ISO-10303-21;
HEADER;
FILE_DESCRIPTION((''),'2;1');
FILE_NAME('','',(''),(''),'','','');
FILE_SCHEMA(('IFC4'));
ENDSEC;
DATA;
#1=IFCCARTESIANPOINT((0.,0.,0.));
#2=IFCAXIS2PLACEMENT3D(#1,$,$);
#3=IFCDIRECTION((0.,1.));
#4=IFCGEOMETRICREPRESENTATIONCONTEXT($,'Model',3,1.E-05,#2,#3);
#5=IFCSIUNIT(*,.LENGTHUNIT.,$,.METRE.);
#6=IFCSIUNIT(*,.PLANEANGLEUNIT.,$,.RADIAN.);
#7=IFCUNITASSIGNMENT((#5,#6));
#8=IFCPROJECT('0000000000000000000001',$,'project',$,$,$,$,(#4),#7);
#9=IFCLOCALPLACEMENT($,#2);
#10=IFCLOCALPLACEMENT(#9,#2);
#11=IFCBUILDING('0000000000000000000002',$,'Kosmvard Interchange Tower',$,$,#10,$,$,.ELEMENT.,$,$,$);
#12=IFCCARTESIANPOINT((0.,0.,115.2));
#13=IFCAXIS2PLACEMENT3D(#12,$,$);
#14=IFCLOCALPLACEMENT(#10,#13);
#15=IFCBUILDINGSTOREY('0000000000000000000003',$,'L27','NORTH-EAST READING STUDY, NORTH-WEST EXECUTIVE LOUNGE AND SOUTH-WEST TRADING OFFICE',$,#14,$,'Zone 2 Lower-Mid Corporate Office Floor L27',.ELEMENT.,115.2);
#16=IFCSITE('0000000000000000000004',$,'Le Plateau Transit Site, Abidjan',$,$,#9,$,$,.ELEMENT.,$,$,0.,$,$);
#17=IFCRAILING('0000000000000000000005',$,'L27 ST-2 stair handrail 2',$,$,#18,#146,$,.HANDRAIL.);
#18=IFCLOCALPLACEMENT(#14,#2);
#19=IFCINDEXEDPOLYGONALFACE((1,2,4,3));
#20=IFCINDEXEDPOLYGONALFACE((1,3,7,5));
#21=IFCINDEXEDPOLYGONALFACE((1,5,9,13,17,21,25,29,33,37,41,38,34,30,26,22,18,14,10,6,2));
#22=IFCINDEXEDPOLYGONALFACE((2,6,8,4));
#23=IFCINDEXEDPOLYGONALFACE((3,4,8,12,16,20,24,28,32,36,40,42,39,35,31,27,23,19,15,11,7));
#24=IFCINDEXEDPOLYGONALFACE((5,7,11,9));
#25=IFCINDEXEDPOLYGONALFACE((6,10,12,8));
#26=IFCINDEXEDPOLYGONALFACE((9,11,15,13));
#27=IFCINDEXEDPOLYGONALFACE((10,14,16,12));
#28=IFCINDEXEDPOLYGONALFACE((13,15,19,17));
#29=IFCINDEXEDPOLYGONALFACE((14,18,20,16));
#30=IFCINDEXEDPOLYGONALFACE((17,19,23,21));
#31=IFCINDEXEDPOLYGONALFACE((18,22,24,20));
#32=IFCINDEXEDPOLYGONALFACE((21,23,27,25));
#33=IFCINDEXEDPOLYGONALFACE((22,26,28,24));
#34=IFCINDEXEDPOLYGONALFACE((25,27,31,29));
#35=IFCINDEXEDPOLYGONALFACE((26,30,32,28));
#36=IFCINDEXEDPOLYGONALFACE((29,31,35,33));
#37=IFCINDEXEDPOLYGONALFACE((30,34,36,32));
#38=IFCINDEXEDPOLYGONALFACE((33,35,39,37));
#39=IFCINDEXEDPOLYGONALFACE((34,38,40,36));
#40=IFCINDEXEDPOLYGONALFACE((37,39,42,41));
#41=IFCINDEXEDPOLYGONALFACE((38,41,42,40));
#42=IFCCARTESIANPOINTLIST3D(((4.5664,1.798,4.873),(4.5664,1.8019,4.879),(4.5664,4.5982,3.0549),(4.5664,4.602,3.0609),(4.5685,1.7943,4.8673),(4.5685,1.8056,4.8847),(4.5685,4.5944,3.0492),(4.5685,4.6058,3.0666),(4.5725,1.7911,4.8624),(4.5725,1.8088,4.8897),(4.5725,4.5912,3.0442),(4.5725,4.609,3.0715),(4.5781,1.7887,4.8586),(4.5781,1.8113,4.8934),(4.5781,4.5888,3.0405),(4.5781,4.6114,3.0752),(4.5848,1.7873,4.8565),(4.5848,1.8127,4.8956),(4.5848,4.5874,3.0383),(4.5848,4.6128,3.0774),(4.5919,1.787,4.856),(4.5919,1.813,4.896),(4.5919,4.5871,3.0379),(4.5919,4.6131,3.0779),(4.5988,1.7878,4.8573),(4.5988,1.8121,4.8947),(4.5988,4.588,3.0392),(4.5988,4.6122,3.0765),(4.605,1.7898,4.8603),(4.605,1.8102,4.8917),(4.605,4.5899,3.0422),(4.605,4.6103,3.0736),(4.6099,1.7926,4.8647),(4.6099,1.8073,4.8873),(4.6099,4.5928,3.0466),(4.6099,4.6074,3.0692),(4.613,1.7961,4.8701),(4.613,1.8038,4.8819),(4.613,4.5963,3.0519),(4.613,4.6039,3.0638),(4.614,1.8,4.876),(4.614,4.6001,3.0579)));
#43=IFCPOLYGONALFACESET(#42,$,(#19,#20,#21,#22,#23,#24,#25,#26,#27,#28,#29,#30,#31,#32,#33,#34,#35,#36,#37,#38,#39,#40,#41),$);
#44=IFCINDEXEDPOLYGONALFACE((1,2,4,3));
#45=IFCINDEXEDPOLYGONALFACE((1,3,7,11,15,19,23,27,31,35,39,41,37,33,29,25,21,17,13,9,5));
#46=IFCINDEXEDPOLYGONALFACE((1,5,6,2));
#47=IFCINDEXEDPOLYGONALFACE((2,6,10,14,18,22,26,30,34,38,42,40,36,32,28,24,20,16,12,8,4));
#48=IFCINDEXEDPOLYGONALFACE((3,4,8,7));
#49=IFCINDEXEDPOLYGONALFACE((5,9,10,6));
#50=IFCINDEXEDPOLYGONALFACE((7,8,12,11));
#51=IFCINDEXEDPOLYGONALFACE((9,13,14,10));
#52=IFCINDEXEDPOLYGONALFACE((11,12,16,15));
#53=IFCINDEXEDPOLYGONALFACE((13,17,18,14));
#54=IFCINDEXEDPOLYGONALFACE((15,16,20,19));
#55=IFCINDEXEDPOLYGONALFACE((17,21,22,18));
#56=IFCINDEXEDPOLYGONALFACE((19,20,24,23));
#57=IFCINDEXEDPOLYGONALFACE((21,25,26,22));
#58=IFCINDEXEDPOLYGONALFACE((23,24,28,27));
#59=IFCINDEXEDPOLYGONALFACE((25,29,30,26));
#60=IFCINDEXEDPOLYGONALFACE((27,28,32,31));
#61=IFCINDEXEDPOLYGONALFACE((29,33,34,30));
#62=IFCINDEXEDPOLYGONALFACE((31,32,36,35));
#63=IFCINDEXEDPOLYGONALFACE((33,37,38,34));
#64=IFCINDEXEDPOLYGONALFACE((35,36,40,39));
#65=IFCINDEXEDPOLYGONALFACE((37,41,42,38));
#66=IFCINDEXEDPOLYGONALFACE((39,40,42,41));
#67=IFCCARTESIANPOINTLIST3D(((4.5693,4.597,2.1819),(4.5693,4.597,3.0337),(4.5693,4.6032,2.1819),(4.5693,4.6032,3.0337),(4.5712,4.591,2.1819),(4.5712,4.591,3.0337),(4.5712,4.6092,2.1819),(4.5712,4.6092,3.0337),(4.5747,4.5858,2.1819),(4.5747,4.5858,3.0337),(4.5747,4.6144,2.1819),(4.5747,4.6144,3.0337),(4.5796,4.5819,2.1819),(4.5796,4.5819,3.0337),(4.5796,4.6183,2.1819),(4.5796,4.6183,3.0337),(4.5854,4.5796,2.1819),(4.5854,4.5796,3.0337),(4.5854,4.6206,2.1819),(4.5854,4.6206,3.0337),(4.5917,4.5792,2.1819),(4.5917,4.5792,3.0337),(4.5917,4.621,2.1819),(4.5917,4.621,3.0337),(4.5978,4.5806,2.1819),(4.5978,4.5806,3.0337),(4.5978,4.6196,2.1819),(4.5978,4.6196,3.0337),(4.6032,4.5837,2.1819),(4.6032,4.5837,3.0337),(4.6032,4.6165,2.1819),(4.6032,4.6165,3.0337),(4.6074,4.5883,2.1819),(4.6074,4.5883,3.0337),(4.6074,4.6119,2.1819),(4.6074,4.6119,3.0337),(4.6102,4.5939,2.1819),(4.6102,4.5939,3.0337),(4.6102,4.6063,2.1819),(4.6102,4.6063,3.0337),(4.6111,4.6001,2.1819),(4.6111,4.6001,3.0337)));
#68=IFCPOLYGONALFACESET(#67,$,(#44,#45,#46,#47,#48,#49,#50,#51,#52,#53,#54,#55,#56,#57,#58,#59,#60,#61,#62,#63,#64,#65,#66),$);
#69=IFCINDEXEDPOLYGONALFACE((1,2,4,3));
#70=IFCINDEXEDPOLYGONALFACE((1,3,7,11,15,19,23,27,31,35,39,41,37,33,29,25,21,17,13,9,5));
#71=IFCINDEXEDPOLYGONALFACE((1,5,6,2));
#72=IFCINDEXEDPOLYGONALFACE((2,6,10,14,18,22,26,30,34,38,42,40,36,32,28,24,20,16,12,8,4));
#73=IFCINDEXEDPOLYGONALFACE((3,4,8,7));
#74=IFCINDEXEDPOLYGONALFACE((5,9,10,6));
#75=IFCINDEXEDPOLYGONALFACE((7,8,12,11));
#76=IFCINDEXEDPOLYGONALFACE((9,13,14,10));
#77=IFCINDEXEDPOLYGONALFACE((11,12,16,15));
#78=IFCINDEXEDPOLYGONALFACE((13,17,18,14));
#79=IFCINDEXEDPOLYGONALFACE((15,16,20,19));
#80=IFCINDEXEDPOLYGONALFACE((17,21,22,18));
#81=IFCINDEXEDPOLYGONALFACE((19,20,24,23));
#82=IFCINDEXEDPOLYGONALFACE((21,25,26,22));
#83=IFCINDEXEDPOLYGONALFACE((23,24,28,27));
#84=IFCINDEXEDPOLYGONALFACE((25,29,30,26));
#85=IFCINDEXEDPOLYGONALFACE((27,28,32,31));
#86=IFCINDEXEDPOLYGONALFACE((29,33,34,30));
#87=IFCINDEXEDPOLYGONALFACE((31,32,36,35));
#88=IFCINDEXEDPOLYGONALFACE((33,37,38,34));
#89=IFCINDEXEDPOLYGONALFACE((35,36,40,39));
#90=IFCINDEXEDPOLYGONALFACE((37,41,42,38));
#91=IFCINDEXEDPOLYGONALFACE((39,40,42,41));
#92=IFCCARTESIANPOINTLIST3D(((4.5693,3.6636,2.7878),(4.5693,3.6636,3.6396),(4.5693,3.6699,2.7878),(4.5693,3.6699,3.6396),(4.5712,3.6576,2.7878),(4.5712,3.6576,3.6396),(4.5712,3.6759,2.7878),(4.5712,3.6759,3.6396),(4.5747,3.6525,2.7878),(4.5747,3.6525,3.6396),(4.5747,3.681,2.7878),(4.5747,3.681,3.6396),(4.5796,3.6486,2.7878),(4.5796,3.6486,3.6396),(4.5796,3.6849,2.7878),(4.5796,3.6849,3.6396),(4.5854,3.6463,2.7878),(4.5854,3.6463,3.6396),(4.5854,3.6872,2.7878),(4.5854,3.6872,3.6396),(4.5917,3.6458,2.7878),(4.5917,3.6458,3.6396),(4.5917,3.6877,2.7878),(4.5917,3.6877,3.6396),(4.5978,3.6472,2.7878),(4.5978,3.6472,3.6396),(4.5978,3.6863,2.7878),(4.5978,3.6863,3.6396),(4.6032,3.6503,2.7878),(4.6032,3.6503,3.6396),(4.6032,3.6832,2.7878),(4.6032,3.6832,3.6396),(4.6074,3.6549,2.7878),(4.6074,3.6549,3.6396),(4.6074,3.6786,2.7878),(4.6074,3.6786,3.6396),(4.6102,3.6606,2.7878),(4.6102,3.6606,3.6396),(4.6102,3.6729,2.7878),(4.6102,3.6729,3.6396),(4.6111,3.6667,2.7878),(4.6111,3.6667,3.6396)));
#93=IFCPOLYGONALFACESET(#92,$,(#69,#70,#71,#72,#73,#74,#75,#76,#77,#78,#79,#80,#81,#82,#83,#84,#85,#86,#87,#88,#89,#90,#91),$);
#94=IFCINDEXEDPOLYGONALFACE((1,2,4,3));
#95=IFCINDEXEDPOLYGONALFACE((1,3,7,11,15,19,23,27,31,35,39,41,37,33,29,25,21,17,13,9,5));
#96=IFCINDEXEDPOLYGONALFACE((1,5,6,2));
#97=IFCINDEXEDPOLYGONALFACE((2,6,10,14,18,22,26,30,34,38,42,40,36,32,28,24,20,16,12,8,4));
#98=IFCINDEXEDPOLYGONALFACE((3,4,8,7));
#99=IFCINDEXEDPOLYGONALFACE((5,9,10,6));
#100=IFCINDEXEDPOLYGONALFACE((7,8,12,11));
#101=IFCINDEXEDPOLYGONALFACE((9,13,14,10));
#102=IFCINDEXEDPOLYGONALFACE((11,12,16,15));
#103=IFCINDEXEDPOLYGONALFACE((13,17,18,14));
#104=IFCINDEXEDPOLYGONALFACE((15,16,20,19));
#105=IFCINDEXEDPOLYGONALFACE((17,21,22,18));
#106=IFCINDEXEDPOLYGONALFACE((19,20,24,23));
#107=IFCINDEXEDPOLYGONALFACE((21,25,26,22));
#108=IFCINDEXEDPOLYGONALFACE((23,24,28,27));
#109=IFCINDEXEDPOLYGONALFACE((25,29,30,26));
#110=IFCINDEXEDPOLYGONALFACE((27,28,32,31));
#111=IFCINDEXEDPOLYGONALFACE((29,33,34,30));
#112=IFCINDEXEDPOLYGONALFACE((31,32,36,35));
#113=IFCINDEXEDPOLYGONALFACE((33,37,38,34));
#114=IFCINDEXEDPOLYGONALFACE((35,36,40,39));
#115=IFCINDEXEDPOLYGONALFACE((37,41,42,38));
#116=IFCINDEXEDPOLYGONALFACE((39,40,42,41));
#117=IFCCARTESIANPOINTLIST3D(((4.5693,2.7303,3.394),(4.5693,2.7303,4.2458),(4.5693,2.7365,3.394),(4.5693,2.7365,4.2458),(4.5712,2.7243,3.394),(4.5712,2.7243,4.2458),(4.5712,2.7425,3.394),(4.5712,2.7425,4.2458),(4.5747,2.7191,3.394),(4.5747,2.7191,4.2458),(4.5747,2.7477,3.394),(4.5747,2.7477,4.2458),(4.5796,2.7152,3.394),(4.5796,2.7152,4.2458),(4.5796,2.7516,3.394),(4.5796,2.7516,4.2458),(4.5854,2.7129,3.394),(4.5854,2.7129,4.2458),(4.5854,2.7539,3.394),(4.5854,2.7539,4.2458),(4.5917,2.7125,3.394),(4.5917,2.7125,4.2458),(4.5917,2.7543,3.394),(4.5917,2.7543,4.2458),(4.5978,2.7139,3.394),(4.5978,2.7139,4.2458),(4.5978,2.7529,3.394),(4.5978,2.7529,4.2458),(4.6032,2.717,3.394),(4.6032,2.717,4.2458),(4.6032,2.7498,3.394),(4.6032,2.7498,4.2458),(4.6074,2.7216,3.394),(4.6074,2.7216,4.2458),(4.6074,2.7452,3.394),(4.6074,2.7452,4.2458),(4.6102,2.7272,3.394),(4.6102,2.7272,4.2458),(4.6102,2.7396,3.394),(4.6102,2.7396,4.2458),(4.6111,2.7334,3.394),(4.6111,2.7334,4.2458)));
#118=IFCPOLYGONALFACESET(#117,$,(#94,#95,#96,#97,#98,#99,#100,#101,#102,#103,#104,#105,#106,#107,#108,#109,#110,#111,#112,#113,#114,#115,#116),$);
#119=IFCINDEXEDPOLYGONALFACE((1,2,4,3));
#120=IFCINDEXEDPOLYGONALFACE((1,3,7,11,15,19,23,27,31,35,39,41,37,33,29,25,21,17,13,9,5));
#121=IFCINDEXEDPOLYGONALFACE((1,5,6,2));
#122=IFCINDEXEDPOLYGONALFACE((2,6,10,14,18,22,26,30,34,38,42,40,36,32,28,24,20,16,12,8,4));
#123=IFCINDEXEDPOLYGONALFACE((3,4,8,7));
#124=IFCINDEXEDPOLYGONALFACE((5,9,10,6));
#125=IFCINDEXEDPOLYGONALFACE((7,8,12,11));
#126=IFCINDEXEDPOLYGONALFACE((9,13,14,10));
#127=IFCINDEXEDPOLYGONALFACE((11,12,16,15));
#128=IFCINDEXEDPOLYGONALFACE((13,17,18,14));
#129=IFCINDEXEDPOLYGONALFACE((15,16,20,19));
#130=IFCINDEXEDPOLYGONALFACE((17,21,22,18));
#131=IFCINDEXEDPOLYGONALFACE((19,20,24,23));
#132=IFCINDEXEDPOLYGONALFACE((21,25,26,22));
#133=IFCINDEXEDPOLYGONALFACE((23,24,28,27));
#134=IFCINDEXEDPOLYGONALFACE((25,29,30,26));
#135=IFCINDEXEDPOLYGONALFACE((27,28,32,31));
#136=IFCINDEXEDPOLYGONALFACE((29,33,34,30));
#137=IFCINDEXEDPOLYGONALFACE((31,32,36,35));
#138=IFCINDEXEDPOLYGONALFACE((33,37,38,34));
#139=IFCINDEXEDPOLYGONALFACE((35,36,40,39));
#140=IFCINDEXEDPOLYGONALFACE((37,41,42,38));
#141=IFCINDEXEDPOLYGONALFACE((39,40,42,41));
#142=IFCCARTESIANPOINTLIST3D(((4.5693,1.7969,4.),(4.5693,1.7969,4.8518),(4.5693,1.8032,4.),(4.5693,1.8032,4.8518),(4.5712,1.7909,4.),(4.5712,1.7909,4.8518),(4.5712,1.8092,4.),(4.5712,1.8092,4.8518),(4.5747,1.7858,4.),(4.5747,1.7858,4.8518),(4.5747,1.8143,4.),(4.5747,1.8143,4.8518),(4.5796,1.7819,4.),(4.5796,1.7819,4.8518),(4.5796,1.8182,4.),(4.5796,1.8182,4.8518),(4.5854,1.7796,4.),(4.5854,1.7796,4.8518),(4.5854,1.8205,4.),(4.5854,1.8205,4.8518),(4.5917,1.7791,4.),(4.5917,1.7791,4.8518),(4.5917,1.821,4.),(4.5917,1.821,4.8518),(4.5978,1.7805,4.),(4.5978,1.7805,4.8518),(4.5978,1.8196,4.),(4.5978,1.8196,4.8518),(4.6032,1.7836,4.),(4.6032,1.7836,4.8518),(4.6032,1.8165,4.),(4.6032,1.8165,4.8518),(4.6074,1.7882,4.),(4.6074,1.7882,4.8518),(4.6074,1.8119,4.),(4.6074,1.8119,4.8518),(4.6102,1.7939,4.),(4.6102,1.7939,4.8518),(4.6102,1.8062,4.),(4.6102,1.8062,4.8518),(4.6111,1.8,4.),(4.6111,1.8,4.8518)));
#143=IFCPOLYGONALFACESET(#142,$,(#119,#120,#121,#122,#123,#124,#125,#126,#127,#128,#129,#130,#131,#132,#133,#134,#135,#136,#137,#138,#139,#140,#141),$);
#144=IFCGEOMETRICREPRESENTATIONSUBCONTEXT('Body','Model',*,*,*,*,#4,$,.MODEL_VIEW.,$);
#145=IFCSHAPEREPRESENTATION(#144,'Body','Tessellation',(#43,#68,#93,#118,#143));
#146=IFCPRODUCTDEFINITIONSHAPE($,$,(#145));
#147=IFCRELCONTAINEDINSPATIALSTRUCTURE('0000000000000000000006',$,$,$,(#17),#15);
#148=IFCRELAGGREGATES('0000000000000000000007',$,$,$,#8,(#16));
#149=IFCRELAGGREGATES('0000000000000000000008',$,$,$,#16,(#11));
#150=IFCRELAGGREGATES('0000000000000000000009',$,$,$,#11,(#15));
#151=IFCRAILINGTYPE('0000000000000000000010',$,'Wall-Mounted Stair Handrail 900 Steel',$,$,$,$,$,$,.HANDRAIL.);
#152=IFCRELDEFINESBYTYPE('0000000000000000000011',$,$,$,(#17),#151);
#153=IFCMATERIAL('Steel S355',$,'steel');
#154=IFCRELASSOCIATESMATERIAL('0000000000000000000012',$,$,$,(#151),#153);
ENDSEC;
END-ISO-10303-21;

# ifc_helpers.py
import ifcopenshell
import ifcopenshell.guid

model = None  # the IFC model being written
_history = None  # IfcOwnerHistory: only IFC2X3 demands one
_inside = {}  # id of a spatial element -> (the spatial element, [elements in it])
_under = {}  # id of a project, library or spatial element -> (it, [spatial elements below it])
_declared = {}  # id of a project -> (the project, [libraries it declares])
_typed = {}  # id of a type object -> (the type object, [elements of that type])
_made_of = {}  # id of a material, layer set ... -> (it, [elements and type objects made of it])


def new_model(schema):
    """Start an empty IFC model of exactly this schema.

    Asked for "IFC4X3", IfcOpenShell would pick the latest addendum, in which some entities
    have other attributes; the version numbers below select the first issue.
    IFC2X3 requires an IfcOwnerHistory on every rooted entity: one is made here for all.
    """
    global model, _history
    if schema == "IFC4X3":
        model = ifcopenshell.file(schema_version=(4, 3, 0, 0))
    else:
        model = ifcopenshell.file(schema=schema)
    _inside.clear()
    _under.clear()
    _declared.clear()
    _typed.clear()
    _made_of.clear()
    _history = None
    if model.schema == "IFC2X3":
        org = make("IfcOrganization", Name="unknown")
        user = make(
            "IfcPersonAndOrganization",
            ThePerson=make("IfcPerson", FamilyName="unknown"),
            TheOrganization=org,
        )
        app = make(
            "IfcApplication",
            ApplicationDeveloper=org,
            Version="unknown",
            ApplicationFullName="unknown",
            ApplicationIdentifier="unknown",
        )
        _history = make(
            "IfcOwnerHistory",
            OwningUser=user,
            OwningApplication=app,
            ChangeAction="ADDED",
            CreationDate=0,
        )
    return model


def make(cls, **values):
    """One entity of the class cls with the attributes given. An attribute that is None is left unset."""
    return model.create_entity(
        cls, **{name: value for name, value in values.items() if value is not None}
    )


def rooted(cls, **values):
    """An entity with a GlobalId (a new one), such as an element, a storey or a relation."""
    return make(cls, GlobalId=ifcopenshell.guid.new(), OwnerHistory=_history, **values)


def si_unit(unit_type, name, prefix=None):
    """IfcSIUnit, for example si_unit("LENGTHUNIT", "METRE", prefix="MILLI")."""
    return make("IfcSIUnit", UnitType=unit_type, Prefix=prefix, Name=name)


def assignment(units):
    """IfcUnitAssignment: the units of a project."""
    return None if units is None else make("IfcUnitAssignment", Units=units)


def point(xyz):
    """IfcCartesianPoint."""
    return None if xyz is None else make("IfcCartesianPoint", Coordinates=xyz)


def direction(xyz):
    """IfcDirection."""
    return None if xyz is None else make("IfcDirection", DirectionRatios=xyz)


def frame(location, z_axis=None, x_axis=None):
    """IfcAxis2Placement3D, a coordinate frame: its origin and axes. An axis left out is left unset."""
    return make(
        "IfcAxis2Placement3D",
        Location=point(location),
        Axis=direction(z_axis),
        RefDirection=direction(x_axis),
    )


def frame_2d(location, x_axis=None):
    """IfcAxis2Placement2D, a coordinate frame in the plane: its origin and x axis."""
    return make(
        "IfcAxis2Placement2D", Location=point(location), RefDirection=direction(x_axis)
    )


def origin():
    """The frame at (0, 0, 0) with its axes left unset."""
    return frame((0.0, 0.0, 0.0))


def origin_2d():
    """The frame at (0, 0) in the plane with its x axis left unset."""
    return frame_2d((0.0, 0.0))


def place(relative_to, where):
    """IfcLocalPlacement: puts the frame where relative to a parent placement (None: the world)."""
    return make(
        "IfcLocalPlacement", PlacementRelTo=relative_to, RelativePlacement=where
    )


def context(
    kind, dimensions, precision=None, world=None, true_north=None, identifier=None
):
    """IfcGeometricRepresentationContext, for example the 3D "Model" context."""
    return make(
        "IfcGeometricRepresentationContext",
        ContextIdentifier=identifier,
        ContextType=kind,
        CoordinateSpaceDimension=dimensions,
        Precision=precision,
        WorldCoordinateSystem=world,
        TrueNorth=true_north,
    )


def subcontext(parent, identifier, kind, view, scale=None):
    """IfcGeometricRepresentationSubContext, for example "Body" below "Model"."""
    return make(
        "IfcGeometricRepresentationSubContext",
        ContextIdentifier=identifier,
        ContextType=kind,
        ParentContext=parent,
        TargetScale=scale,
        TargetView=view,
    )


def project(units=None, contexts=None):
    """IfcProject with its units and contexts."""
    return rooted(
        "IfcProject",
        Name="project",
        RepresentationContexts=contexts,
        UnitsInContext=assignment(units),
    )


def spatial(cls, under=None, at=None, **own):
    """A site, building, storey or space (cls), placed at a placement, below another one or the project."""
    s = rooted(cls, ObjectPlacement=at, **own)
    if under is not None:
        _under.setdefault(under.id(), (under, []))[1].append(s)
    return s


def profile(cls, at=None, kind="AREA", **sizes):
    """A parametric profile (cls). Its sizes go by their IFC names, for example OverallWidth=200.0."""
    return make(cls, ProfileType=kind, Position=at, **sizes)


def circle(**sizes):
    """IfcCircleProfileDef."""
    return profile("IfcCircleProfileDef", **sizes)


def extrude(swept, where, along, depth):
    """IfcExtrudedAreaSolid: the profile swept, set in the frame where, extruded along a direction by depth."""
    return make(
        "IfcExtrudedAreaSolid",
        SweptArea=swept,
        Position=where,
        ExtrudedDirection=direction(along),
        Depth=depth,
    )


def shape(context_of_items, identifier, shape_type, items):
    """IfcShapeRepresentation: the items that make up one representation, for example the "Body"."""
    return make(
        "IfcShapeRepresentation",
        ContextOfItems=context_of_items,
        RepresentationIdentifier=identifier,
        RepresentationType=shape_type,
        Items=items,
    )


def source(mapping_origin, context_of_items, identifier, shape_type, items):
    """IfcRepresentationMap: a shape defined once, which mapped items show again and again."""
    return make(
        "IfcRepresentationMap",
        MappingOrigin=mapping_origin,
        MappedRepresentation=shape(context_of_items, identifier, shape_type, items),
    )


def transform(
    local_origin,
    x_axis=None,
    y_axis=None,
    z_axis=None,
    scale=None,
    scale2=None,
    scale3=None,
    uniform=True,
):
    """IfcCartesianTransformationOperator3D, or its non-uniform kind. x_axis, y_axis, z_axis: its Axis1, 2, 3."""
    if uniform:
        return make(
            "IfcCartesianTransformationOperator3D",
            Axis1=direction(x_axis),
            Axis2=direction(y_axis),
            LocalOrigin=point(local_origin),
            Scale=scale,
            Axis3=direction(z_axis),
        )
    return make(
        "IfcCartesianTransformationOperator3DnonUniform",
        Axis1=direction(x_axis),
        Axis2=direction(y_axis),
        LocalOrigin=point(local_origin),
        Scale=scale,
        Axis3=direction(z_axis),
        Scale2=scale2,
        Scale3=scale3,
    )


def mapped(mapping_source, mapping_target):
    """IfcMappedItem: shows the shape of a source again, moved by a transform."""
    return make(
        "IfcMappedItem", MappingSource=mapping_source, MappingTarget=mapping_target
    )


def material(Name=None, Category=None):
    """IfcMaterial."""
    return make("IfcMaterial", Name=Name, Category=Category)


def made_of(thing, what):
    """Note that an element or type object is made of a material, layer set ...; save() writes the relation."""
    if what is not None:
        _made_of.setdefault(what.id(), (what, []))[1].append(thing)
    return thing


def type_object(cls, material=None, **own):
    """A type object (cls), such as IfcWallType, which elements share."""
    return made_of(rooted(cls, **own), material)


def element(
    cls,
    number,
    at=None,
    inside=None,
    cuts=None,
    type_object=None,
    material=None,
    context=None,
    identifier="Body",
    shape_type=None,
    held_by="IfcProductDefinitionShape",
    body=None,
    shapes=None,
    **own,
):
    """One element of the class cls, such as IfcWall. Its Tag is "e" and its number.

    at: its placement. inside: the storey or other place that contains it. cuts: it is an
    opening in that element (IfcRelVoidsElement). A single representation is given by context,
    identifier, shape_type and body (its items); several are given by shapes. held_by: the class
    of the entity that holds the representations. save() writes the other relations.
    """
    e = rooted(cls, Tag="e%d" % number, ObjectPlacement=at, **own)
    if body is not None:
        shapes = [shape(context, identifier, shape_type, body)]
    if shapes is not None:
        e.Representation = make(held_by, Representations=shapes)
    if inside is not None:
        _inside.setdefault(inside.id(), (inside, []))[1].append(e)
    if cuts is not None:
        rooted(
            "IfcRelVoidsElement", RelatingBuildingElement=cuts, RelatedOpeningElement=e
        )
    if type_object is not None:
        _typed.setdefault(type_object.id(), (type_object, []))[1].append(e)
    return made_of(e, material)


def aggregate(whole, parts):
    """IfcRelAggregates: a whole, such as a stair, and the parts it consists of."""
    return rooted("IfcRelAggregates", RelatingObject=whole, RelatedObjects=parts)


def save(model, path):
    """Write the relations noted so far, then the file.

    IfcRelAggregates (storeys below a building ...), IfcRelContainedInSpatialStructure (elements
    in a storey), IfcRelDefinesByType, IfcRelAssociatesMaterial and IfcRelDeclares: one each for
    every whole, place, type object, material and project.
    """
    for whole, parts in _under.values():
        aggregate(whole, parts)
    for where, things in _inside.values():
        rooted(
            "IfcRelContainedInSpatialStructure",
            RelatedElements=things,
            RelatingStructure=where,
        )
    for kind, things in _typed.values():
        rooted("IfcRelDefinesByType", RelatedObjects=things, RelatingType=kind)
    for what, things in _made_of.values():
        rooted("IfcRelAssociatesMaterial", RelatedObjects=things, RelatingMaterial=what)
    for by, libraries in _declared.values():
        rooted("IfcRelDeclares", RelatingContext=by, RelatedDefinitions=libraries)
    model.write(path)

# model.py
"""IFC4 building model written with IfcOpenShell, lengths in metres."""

from ifc_helpers import new_model, si_unit, direction, frame, origin, origin_2d, place, context, subcontext, project, spatial, circle, extrude, source, transform, mapped, material, type_object, element, save


model = new_model("IFC4")

# Units and contexts
model_context = context("Model", 3, precision=1e-05, world=origin(), true_north=direction((0.0, 1.0)))
body_context = subcontext(model_context, "Body", "Model", "MODEL_VIEW")
ifc_project = project(units=[si_unit("LENGTHUNIT", "METRE"), si_unit("PLANEANGLEUNIT", "RADIAN")], contexts=[model_context])

# Site, building, storey
site_placement = place(None, origin())
site = spatial("IfcSite", under=ifc_project, at=site_placement, Name="Le Plateau Transit Site, Abidjan", CompositionType="ELEMENT", RefElevation=0.0)
building_placement = place(site_placement, origin())
building = spatial("IfcBuilding", under=site, at=building_placement, Name="Kosmvard Interchange Tower", CompositionType="ELEMENT")
storey_placement = place(building_placement, frame((0.0, 0.0, 115.2)))
storey = spatial("IfcBuildingStorey", under=building, at=storey_placement, Name="L27", Description="NORTH-EAST READING STUDY, NORTH-WEST EXECUTIVE LOUNGE AND SOUTH-WEST TRADING OFFICE", LongName="Zone 2 Lower-Mid Corporate Office Floor L27", CompositionType="ELEMENT", Elevation=115.2)

# Shared definitions
ifc_material_1 = material(Name="Steel S355", Category="steel")

# Railing
railing_type_1 = type_object("IfcRailingType", Name="Wall-Mounted Stair Handrail 900 Steel", PredefinedType="HANDRAIL", material=ifc_material_1)
shared_shape_1 = source(origin(), body_context, "Body", "SweptSolid", [
    extrude(circle(Radius=0.0239, at=origin_2d()), frame((0.0, 0.0, 0.876), z_axis=(0.0, -0.838706, 0.544585), x_axis=(1.0, 0.0, 0.0)), (0.0, 0.0, 1.0), 3.3386),
    extrude(circle(Radius=0.021, at=origin_2d()), origin(), (0.0, 0.0, 1.0), 0.8518),
    extrude(circle(Radius=0.021, at=origin_2d()), frame((0.0, -0.9333, 0.606)), (0.0, 0.0, 1.0), 0.8518),
    extrude(circle(Radius=0.021, at=origin_2d()), frame((0.0, -1.8667, 1.2122)), (0.0, 0.0, 1.0), 0.8518),
    extrude(circle(Radius=0.021, at=origin_2d()), frame((0.0, -2.8, 1.8181)), (0.0, 0.0, 1.0), 0.8518),
])
railing_1_placement = place(storey_placement, frame((4.5901, 4.6001, 2.1819)))
element("IfcRailing", 1, at=railing_1_placement, inside=storey, type_object=railing_type_1, Name="L27 ST-2 stair handrail 2", PredefinedType="HANDRAIL", context=body_context, shape_type="MappedRepresentation", body=[
    mapped(shared_shape_1, transform((0.0, 0.0, 0.0), scale=1.0)),
])

save(model, "model.ifc")
